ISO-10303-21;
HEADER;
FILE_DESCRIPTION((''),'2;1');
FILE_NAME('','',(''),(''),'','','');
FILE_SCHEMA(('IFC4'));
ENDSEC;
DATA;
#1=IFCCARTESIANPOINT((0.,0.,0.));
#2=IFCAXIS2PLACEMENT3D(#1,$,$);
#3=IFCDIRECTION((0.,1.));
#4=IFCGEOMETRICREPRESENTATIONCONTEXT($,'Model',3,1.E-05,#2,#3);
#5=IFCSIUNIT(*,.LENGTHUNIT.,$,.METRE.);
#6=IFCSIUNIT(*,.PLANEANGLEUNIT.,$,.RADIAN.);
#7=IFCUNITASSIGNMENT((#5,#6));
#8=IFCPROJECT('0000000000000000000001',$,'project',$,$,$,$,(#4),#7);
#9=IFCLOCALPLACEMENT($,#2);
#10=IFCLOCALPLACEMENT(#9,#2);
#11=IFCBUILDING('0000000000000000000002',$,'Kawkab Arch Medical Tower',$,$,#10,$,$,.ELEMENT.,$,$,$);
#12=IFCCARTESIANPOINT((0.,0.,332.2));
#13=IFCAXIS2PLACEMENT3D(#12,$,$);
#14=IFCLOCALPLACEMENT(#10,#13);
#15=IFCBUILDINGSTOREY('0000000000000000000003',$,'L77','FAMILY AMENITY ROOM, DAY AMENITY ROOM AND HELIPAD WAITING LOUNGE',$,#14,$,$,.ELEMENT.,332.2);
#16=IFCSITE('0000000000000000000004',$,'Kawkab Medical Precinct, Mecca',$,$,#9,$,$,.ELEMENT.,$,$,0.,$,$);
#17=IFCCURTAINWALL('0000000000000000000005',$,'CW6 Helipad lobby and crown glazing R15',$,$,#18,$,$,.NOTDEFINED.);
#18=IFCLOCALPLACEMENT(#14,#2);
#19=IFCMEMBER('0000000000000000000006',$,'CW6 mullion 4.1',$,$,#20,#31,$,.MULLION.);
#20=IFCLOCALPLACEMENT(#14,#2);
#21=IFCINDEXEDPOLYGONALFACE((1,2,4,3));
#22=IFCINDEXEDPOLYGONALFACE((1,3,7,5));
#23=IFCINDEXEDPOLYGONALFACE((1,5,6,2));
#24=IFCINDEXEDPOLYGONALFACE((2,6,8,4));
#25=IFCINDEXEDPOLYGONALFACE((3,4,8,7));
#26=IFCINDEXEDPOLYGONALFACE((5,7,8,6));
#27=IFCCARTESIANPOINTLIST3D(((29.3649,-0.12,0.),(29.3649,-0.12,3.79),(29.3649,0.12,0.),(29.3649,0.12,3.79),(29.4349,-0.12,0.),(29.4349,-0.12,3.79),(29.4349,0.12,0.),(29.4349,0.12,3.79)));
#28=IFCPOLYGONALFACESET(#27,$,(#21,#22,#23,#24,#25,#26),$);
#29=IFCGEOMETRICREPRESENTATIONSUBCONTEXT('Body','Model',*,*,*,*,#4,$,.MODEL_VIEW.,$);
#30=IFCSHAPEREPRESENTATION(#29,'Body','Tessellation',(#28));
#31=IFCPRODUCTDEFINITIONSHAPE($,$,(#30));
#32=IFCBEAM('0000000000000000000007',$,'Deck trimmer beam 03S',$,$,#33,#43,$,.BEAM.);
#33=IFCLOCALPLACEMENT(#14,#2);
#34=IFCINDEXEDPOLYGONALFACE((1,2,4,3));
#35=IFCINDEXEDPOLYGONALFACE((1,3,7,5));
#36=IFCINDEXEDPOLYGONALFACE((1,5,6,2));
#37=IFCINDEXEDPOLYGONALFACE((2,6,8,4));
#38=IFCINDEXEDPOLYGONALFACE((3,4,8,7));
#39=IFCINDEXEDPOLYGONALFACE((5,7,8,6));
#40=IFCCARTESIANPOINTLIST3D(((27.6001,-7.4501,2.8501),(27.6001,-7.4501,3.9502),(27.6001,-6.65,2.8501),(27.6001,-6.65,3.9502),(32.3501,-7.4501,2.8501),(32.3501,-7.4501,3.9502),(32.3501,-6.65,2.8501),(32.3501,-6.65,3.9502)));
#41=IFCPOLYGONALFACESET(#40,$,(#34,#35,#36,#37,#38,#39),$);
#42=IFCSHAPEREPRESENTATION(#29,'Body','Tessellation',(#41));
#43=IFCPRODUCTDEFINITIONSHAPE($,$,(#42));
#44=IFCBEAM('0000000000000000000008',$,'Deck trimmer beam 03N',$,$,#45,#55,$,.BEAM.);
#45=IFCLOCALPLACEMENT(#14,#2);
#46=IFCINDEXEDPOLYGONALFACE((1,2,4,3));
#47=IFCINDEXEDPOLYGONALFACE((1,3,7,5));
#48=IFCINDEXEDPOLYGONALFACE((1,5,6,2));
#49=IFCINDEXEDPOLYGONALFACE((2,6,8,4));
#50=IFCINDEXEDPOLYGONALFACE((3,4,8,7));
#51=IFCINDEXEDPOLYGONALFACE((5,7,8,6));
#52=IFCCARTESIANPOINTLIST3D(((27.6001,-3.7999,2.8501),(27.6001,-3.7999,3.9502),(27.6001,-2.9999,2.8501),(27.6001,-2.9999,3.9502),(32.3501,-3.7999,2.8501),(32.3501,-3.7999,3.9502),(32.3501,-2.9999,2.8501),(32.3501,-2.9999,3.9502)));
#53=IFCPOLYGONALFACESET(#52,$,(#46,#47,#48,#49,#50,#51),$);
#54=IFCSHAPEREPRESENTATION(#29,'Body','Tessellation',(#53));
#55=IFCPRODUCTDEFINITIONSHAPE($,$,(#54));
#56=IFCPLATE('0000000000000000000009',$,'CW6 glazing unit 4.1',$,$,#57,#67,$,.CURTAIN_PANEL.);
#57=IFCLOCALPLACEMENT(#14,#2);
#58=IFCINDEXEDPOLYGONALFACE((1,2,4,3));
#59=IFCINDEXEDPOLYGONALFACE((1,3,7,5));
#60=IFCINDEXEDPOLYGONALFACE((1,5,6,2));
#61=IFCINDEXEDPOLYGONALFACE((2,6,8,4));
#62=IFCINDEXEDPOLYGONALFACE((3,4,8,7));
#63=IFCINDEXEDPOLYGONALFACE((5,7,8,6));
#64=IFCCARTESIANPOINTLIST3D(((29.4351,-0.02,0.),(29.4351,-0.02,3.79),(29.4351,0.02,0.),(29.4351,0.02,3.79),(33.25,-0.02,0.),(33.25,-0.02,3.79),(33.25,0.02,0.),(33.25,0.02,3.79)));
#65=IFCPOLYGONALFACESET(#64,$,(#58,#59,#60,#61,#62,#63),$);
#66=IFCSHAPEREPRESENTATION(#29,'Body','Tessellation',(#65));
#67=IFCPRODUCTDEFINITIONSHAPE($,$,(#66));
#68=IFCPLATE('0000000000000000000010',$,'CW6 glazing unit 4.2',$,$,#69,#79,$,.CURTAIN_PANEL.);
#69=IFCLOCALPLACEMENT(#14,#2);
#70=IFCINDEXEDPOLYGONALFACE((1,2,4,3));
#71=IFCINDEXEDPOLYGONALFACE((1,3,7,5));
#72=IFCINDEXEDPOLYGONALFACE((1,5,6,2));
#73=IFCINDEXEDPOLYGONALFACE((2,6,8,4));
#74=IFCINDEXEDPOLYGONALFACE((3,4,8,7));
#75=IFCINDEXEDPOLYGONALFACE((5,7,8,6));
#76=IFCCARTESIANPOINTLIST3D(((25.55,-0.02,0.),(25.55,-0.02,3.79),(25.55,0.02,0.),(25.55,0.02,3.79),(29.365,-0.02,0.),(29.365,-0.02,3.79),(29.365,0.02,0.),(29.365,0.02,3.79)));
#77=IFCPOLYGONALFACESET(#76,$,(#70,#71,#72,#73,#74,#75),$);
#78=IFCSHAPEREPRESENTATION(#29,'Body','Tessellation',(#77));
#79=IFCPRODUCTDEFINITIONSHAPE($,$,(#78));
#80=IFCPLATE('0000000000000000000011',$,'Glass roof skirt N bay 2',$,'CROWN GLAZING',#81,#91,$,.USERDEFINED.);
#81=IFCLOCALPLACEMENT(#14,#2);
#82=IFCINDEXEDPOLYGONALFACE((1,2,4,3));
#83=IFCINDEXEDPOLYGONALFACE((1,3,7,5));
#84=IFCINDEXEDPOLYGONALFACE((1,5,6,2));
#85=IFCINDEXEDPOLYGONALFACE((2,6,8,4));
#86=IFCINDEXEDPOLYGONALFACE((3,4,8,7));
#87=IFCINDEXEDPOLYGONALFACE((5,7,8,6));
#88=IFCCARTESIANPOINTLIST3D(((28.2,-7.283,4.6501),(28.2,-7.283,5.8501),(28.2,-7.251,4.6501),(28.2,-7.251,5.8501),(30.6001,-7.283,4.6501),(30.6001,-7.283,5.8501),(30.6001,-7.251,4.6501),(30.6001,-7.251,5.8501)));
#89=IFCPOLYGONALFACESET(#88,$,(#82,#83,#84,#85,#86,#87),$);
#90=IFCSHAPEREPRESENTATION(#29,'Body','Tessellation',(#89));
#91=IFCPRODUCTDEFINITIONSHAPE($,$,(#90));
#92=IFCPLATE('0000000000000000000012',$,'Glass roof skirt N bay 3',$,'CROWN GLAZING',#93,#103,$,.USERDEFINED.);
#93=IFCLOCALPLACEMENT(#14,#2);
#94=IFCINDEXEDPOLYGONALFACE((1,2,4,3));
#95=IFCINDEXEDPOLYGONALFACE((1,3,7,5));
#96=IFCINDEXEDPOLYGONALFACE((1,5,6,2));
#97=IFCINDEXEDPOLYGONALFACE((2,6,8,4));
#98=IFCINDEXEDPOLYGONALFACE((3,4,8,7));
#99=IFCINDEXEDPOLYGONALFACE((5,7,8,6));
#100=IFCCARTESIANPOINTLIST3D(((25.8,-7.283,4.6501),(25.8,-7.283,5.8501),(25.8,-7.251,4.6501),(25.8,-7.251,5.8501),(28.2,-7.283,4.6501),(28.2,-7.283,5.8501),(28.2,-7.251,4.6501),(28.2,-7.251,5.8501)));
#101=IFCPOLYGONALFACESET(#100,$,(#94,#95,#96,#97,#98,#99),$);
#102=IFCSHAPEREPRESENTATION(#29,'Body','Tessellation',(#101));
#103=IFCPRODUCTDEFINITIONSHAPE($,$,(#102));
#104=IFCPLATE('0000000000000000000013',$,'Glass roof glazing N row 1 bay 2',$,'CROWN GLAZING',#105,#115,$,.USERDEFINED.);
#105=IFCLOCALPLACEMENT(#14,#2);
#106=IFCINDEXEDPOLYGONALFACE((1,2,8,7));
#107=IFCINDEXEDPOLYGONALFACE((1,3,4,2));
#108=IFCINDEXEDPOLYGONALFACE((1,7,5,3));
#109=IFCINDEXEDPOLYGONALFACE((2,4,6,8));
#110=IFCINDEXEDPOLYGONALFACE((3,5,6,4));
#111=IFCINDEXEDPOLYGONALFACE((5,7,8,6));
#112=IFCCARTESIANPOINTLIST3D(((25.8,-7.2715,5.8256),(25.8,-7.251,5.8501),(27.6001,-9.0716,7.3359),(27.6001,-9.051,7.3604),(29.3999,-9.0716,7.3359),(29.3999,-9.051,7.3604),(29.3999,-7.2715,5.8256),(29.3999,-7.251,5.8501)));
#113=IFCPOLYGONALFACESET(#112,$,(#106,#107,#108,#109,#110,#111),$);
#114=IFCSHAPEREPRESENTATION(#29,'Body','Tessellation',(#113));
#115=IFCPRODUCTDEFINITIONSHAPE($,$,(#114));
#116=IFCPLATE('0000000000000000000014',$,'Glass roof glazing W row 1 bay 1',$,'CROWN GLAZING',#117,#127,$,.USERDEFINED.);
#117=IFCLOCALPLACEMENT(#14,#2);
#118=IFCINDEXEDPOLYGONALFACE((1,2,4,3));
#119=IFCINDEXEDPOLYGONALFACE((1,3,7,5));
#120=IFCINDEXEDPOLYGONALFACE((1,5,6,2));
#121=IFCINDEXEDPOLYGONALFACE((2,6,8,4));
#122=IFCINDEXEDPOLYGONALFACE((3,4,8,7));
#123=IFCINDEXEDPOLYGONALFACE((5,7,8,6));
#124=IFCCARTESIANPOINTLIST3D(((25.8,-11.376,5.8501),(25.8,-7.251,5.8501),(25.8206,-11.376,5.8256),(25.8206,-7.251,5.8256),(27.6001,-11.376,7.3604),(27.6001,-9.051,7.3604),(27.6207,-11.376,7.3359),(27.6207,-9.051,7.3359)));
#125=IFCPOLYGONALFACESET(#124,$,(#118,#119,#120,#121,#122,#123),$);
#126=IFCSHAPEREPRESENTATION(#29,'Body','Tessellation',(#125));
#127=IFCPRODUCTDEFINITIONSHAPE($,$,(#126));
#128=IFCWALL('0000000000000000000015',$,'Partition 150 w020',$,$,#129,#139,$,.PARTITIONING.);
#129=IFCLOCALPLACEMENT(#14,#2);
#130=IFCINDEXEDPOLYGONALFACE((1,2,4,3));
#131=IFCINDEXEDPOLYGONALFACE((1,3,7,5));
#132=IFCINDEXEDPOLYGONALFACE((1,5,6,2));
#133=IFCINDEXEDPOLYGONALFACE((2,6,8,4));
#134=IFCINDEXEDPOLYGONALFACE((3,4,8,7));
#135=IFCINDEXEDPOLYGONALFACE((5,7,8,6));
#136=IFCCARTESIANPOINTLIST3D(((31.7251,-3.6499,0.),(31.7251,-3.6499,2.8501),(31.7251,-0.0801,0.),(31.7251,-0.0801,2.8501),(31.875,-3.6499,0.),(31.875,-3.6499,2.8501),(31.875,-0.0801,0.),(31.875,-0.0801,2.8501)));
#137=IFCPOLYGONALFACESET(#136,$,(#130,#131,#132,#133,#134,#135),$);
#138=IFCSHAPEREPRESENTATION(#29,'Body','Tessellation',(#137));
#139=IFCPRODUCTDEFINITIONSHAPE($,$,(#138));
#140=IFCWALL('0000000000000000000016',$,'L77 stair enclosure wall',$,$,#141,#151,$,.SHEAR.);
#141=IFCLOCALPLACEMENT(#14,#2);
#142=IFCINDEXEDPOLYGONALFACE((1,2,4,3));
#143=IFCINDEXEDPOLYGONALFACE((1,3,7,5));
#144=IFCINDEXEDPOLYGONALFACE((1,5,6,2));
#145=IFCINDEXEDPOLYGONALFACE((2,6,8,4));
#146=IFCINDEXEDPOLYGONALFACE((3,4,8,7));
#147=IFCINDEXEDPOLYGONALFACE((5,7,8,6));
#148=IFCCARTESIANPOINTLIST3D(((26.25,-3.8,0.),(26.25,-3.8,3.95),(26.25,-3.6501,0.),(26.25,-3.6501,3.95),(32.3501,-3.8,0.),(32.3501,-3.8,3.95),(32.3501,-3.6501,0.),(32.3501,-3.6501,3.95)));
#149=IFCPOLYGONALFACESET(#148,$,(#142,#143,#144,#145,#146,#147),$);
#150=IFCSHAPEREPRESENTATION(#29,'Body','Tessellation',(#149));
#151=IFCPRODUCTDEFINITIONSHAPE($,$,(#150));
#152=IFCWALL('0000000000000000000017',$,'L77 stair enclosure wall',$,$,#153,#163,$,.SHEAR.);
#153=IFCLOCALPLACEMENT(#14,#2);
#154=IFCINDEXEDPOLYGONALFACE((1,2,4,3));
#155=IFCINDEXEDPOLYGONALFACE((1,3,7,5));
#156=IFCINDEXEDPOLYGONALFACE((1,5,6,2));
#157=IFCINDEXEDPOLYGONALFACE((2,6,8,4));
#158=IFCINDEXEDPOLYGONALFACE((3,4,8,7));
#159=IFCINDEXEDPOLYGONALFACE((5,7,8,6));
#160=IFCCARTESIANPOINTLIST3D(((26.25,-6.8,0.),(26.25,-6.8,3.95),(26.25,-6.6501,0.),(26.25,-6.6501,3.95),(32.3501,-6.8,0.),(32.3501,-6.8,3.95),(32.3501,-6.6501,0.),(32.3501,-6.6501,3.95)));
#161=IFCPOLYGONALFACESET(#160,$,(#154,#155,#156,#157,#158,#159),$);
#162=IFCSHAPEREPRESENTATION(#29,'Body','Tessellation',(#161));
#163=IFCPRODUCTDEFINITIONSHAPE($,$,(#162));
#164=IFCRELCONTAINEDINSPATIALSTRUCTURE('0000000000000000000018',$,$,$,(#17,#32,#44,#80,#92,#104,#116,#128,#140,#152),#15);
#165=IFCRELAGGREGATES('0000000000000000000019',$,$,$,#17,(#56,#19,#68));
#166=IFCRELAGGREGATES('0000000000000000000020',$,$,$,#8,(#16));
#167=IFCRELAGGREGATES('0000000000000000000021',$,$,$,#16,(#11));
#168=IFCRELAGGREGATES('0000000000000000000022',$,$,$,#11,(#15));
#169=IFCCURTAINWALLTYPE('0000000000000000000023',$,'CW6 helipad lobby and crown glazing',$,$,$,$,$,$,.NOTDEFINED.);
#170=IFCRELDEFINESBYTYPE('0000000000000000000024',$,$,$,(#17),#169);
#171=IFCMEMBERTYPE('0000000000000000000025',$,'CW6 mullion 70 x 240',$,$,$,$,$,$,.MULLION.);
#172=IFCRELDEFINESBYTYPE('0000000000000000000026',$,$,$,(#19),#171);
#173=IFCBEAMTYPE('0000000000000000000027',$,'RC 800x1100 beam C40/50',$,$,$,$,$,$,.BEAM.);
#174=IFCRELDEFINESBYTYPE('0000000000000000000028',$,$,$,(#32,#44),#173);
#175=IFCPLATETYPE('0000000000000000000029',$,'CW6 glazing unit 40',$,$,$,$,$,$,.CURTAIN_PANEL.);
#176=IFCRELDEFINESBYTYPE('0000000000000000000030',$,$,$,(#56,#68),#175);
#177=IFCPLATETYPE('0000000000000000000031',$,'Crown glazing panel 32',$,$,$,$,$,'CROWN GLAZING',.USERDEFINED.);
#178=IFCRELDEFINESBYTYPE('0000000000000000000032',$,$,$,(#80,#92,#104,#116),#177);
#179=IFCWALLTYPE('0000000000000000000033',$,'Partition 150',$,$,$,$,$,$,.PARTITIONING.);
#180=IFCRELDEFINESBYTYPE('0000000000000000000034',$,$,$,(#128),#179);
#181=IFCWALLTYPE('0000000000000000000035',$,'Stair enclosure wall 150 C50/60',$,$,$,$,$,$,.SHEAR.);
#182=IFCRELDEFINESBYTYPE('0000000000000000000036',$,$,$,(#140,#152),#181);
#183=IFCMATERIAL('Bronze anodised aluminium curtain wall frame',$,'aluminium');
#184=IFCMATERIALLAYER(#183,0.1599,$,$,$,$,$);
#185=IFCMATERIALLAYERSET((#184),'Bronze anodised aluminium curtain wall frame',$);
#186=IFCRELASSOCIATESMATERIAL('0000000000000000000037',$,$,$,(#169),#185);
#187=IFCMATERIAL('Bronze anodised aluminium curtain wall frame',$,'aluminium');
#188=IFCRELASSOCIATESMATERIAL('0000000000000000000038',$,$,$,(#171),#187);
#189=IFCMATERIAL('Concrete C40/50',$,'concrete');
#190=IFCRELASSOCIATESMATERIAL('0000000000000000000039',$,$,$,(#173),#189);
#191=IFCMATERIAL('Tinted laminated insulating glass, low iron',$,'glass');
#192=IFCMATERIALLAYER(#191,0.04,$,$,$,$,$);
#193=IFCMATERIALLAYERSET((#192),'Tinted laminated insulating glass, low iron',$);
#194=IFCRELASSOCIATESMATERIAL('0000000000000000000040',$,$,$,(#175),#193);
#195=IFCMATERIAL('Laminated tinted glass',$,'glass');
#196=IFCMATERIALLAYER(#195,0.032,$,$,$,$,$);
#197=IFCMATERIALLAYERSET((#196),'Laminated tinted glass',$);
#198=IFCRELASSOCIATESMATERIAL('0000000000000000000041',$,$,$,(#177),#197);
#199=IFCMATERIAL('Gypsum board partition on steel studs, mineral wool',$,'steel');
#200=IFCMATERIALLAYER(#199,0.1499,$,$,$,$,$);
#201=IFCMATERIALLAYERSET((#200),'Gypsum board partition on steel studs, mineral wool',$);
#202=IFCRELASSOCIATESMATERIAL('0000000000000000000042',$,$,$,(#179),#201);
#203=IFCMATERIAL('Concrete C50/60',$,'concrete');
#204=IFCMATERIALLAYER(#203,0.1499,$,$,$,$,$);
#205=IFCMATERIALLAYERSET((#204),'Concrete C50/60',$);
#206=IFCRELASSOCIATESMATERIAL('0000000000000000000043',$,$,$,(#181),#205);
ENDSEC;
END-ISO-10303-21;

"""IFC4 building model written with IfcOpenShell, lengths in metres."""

from ifc_helpers import new_model, si_unit, direction, frame, frame_2d, origin, origin_2d, place, context, subcontext, project, spatial, polyline, rectangle, outline, extrude, material, layer, layer_set, material_profile, profile_set, type_object, element, aggregate, save


model = new_model("IFC4")

# Units and contexts
model_context = context("Model", 3, precision=1e-05, world=origin(), true_north=direction((0.0, 1.0)))
body_context = subcontext(model_context, "Body", "Model", "MODEL_VIEW")
ifc_project = project(units=[si_unit("LENGTHUNIT", "METRE"), si_unit("PLANEANGLEUNIT", "RADIAN")], contexts=[model_context])

# Site, building, storey
site_placement = place(None, origin())
site = spatial("IfcSite", under=ifc_project, at=site_placement, Name="Kawkab Medical Precinct, Mecca", CompositionType="ELEMENT", RefElevation=0.0)
building_placement = place(site_placement, origin())
building = spatial("IfcBuilding", under=site, at=building_placement, Name="Kawkab Arch Medical Tower", CompositionType="ELEMENT")
storey_placement = place(building_placement, frame((0.0, 0.0, 332.2)))
storey = spatial("IfcBuildingStorey", under=building, at=storey_placement, Name="L77", Description="FAMILY AMENITY ROOM, DAY AMENITY ROOM AND HELIPAD WAITING LOUNGE", CompositionType="ELEMENT", Elevation=332.2)

# Curtain wall, member
ifc_material_1 = material(Name="Bronze anodised aluminium curtain wall frame", Category="aluminium")
ifc_layer_1 = layer(ifc_material_1, 0.1599)
ifc_layer_set_1 = layer_set([ifc_layer_1], Name="Bronze anodised aluminium curtain wall frame")
curtain_wall_type = type_object("IfcCurtainWallType", Name="CW6 helipad lobby and crown glazing", PredefinedType="NOTDEFINED", material=ifc_layer_set_1)
placement = place(storey_placement, origin())
curtain_wall = element("IfcCurtainWall", 1, at=placement, inside=storey, type_object=curtain_wall_type, Name="CW6 Helipad lobby and crown glazing R15", PredefinedType="NOTDEFINED")
ifc_material_2 = material(Name="Bronze anodised aluminium curtain wall frame", Category="aluminium")
ifc_material_profile_1 = material_profile(ifc_material_2, rectangle(XDim=0.24, YDim=0.0701, at=origin_2d()), Name="AL 70x240")
ifc_profile_set_1 = profile_set([ifc_material_profile_1], Name="Bronze anodised aluminium curtain wall frame")
member_type = type_object("IfcMemberType", Name="CW6 mullion 70 x 240", PredefinedType="MULLION", material=ifc_profile_set_1)
member_placement = place(storey_placement, frame((29.3999, 0.0, 0.0), z_axis=(0.0, 0.0, 1.0), x_axis=(0.0, -1.0, 0.0)))
member = element("IfcMember", 2, at=member_placement, type_object=member_type, Name="CW6 mullion 4.1", PredefinedType="MULLION", context=body_context, shape_type="SweptSolid", body=[
    extrude(rectangle(XDim=0.24, YDim=0.0701, at=origin_2d()), origin(), (0.0, 0.0, 1.0), 3.79),
])

# Beams
ifc_material_3 = material(Name="Concrete C40/50", Category="concrete")
ifc_material_profile_2 = material_profile(ifc_material_3, rectangle(XDim=0.8, YDim=1.1001, at=origin_2d()), Name="RC 800x1100")
ifc_profile_set_2 = profile_set([ifc_material_profile_2], Name="Concrete C40/50")
beam_type = type_object("IfcBeamType", Name="RC 800x1100 beam C40/50", PredefinedType="BEAM", material=ifc_profile_set_2)
for number, where, z_axis, x_axis, name in (
    (3, (27.6001, -7.05, 3.4001), (1.0, 0.0, 0.0), (0.0, 1.0, 0.0), "Deck trimmer beam 03S"),
    (4, (27.6001, -3.3999, 3.4001), (1.0, 0.0, 0.0), (0.0, 1.0, 0.0), "Deck trimmer beam 03N"),
):
    element("IfcBeam", number, at=place(storey_placement, frame(where, z_axis=z_axis, x_axis=x_axis)), inside=storey, type_object=beam_type, Name=name, PredefinedType="BEAM", context=body_context, shape_type="SweptSolid", body=[
        extrude(rectangle(XDim=0.8, YDim=1.1001, at=origin_2d()), origin(), (0.0, 0.0, 1.0), 4.75),
    ])

# Plates
ifc_material_4 = material(Name="Tinted laminated insulating glass, low iron", Category="glass")
ifc_layer_2 = layer(ifc_material_4, 0.04)
ifc_layer_set_2 = layer_set([ifc_layer_2], Name="Tinted laminated insulating glass, low iron")
plate_type_1 = type_object("IfcPlateType", Name="CW6 glazing unit 40", PredefinedType="CURTAIN_PANEL", material=ifc_layer_set_2)
plate_1_placement = place(storey_placement, frame((31.3425, 0.0, 0.0), z_axis=(0.0, 0.0, 1.0), x_axis=(-1.0, 0.0, 0.0)))
plate_1 = element("IfcPlate", 5, at=plate_1_placement, type_object=plate_type_1, Name="CW6 glazing unit 4.1", PredefinedType="CURTAIN_PANEL", context=body_context, shape_type="SweptSolid", body=[
    extrude(rectangle(XDim=3.8149, YDim=0.04, at=origin_2d()), origin(), (0.0, 0.0, 1.0), 3.79),
])
plate_2_placement = place(storey_placement, frame((27.4575, 0.0, 0.0), z_axis=(0.0, 0.0, 1.0), x_axis=(-1.0, 0.0, 0.0)))
plate_2 = element("IfcPlate", 6, at=plate_2_placement, type_object=plate_type_1, Name="CW6 glazing unit 4.2", PredefinedType="CURTAIN_PANEL", context=body_context, shape_type="SweptSolid", body=[
    extrude(rectangle(XDim=3.8149, YDim=0.04, at=origin_2d()), origin(), (0.0, 0.0, 1.0), 3.79),
])
aggregate(curtain_wall, [plate_1, member, plate_2])

# Plates
ifc_material_5 = material(Name="Laminated tinted glass", Category="glass")
ifc_layer_3 = layer(ifc_material_5, 0.032)
ifc_layer_set_3 = layer_set([ifc_layer_3], Name="Laminated tinted glass")
plate_type_2 = type_object("IfcPlateType", Name="Crown glazing panel 32", ElementType="CROWN GLAZING", PredefinedType="USERDEFINED", material=ifc_layer_set_3)
plate_3_placement = place(storey_placement, frame((30.6001, -7.251, 4.6501), z_axis=(0.0, 1.0, 0.0), x_axis=(-1.0, 0.0, 0.0)))
element("IfcPlate", 7, at=plate_3_placement, inside=storey, type_object=plate_type_2, Name="Glass roof skirt N bay 2", ObjectType="CROWN GLAZING", PredefinedType="USERDEFINED", context=body_context, shape_type="SweptSolid", body=[
    extrude(outline(polyline([(0.0, 0.0), (2.4001, 0.0), (2.4001, 1.2), (0.0, 1.2), (0.0, 0.0)])), origin(), (0.0, 0.0, -1.0), 0.032),
])
plate_4_placement = place(storey_placement, frame((28.2, -7.251, 4.6501), z_axis=(0.0, 1.0, 0.0), x_axis=(-1.0, 0.0, 0.0)))
element("IfcPlate", 8, at=plate_4_placement, inside=storey, type_object=plate_type_2, Name="Glass roof skirt N bay 3", ObjectType="CROWN GLAZING", PredefinedType="USERDEFINED", context=body_context, shape_type="SweptSolid", body=[
    extrude(outline(polyline([(0.0, 0.0), (2.3999, 0.0), (2.3999, 1.2), (0.0, 1.2), (0.0, 0.0)])), origin(), (0.0, 0.0, -1.0), 0.032),
])
plate_5_placement = place(storey_placement, frame((29.3999, -7.251, 5.8501), z_axis=(0.0, 0.642746, 0.766079), x_axis=(-1.0, 0.0, 0.0)))
element("IfcPlate", 9, at=plate_5_placement, inside=storey, type_object=plate_type_2, Name="Glass roof glazing N row 1 bay 2", ObjectType="CROWN GLAZING", PredefinedType="USERDEFINED", context=body_context, shape_type="SweptSolid", body=[
    extrude(outline(polyline([(0.0, 0.0), (3.5999, 0.0), (1.7998, 2.3497), (0.0, 2.3497), (0.0, 0.0)])), origin(), (0.0, 0.0, -1.0), 0.032),
])
plate_6_placement = place(storey_placement, frame((25.8, -7.251, 5.8501), z_axis=(-0.642746, 0.0, 0.766079), x_axis=(0.0, -1.0, 0.0)))
element("IfcPlate", 10, at=plate_6_placement, inside=storey, type_object=plate_type_2, Name="Glass roof glazing W row 1 bay 1", ObjectType="CROWN GLAZING", PredefinedType="USERDEFINED", context=body_context, shape_type="SweptSolid", body=[
    extrude(outline(polyline([(0.0, 0.0), (4.125, 0.0), (4.125, 2.3497), (1.8, 2.3497), (0.0, 0.0)])), origin(), (0.0, 0.0, -1.0), 0.032),
])

# Walls
ifc_material_6 = material(Name="Gypsum board partition on steel studs, mineral wool", Category="steel")
ifc_layer_4 = layer(ifc_material_6, 0.1499)
ifc_layer_set_4 = layer_set([ifc_layer_4], Name="Gypsum board partition on steel studs, mineral wool")
wall_type_1 = type_object("IfcWallType", Name="Partition 150", PredefinedType="PARTITIONING", material=ifc_layer_set_4)
wall_1_placement = place(storey_placement, frame((31.8, -3.6499, 0.0), z_axis=(0.0, 0.0, 1.0), x_axis=(0.0, 1.0, 0.0)))
element("IfcWall", 11, at=wall_1_placement, inside=storey, type_object=wall_type_1, Name="Partition 150 w020", PredefinedType="PARTITIONING", context=body_context, shape_type="SweptSolid", body=[
    extrude(rectangle(XDim=3.5698, YDim=0.1499, at=frame_2d((1.7849, 0.0))), origin(), (0.0, 0.0, 1.0), 2.8501),
])
ifc_material_7 = material(Name="Concrete C50/60", Category="concrete")
ifc_layer_5 = layer(ifc_material_7, 0.1499)
ifc_layer_set_5 = layer_set([ifc_layer_5], Name="Concrete C50/60")
wall_type_2 = type_object("IfcWallType", Name="Stair enclosure wall 150 C50/60", PredefinedType="SHEAR", material=ifc_layer_set_5)
for number, where, z_axis, x_axis, name in (
    (12, (26.25, -3.7251, 0.0), (0.0, 0.0, 1.0), (1.0, 0.0, 0.0), "L77 stair enclosure wall"),
    (13, (26.25, -6.7251, 0.0), (0.0, 0.0, 1.0), (1.0, 0.0, 0.0), "L77 stair enclosure wall"),
):
    element("IfcWall", number, at=place(storey_placement, frame(where, z_axis=z_axis, x_axis=x_axis)), inside=storey, type_object=wall_type_2, Name=name, PredefinedType="SHEAR", context=body_context, shape_type="SweptSolid", body=[
        extrude(rectangle(XDim=6.1001, YDim=0.1499, at=frame_2d((3.05, 0.0))), origin(), (0.0, 0.0, 1.0), 3.95),
    ])

save(model, "model.ifc")
